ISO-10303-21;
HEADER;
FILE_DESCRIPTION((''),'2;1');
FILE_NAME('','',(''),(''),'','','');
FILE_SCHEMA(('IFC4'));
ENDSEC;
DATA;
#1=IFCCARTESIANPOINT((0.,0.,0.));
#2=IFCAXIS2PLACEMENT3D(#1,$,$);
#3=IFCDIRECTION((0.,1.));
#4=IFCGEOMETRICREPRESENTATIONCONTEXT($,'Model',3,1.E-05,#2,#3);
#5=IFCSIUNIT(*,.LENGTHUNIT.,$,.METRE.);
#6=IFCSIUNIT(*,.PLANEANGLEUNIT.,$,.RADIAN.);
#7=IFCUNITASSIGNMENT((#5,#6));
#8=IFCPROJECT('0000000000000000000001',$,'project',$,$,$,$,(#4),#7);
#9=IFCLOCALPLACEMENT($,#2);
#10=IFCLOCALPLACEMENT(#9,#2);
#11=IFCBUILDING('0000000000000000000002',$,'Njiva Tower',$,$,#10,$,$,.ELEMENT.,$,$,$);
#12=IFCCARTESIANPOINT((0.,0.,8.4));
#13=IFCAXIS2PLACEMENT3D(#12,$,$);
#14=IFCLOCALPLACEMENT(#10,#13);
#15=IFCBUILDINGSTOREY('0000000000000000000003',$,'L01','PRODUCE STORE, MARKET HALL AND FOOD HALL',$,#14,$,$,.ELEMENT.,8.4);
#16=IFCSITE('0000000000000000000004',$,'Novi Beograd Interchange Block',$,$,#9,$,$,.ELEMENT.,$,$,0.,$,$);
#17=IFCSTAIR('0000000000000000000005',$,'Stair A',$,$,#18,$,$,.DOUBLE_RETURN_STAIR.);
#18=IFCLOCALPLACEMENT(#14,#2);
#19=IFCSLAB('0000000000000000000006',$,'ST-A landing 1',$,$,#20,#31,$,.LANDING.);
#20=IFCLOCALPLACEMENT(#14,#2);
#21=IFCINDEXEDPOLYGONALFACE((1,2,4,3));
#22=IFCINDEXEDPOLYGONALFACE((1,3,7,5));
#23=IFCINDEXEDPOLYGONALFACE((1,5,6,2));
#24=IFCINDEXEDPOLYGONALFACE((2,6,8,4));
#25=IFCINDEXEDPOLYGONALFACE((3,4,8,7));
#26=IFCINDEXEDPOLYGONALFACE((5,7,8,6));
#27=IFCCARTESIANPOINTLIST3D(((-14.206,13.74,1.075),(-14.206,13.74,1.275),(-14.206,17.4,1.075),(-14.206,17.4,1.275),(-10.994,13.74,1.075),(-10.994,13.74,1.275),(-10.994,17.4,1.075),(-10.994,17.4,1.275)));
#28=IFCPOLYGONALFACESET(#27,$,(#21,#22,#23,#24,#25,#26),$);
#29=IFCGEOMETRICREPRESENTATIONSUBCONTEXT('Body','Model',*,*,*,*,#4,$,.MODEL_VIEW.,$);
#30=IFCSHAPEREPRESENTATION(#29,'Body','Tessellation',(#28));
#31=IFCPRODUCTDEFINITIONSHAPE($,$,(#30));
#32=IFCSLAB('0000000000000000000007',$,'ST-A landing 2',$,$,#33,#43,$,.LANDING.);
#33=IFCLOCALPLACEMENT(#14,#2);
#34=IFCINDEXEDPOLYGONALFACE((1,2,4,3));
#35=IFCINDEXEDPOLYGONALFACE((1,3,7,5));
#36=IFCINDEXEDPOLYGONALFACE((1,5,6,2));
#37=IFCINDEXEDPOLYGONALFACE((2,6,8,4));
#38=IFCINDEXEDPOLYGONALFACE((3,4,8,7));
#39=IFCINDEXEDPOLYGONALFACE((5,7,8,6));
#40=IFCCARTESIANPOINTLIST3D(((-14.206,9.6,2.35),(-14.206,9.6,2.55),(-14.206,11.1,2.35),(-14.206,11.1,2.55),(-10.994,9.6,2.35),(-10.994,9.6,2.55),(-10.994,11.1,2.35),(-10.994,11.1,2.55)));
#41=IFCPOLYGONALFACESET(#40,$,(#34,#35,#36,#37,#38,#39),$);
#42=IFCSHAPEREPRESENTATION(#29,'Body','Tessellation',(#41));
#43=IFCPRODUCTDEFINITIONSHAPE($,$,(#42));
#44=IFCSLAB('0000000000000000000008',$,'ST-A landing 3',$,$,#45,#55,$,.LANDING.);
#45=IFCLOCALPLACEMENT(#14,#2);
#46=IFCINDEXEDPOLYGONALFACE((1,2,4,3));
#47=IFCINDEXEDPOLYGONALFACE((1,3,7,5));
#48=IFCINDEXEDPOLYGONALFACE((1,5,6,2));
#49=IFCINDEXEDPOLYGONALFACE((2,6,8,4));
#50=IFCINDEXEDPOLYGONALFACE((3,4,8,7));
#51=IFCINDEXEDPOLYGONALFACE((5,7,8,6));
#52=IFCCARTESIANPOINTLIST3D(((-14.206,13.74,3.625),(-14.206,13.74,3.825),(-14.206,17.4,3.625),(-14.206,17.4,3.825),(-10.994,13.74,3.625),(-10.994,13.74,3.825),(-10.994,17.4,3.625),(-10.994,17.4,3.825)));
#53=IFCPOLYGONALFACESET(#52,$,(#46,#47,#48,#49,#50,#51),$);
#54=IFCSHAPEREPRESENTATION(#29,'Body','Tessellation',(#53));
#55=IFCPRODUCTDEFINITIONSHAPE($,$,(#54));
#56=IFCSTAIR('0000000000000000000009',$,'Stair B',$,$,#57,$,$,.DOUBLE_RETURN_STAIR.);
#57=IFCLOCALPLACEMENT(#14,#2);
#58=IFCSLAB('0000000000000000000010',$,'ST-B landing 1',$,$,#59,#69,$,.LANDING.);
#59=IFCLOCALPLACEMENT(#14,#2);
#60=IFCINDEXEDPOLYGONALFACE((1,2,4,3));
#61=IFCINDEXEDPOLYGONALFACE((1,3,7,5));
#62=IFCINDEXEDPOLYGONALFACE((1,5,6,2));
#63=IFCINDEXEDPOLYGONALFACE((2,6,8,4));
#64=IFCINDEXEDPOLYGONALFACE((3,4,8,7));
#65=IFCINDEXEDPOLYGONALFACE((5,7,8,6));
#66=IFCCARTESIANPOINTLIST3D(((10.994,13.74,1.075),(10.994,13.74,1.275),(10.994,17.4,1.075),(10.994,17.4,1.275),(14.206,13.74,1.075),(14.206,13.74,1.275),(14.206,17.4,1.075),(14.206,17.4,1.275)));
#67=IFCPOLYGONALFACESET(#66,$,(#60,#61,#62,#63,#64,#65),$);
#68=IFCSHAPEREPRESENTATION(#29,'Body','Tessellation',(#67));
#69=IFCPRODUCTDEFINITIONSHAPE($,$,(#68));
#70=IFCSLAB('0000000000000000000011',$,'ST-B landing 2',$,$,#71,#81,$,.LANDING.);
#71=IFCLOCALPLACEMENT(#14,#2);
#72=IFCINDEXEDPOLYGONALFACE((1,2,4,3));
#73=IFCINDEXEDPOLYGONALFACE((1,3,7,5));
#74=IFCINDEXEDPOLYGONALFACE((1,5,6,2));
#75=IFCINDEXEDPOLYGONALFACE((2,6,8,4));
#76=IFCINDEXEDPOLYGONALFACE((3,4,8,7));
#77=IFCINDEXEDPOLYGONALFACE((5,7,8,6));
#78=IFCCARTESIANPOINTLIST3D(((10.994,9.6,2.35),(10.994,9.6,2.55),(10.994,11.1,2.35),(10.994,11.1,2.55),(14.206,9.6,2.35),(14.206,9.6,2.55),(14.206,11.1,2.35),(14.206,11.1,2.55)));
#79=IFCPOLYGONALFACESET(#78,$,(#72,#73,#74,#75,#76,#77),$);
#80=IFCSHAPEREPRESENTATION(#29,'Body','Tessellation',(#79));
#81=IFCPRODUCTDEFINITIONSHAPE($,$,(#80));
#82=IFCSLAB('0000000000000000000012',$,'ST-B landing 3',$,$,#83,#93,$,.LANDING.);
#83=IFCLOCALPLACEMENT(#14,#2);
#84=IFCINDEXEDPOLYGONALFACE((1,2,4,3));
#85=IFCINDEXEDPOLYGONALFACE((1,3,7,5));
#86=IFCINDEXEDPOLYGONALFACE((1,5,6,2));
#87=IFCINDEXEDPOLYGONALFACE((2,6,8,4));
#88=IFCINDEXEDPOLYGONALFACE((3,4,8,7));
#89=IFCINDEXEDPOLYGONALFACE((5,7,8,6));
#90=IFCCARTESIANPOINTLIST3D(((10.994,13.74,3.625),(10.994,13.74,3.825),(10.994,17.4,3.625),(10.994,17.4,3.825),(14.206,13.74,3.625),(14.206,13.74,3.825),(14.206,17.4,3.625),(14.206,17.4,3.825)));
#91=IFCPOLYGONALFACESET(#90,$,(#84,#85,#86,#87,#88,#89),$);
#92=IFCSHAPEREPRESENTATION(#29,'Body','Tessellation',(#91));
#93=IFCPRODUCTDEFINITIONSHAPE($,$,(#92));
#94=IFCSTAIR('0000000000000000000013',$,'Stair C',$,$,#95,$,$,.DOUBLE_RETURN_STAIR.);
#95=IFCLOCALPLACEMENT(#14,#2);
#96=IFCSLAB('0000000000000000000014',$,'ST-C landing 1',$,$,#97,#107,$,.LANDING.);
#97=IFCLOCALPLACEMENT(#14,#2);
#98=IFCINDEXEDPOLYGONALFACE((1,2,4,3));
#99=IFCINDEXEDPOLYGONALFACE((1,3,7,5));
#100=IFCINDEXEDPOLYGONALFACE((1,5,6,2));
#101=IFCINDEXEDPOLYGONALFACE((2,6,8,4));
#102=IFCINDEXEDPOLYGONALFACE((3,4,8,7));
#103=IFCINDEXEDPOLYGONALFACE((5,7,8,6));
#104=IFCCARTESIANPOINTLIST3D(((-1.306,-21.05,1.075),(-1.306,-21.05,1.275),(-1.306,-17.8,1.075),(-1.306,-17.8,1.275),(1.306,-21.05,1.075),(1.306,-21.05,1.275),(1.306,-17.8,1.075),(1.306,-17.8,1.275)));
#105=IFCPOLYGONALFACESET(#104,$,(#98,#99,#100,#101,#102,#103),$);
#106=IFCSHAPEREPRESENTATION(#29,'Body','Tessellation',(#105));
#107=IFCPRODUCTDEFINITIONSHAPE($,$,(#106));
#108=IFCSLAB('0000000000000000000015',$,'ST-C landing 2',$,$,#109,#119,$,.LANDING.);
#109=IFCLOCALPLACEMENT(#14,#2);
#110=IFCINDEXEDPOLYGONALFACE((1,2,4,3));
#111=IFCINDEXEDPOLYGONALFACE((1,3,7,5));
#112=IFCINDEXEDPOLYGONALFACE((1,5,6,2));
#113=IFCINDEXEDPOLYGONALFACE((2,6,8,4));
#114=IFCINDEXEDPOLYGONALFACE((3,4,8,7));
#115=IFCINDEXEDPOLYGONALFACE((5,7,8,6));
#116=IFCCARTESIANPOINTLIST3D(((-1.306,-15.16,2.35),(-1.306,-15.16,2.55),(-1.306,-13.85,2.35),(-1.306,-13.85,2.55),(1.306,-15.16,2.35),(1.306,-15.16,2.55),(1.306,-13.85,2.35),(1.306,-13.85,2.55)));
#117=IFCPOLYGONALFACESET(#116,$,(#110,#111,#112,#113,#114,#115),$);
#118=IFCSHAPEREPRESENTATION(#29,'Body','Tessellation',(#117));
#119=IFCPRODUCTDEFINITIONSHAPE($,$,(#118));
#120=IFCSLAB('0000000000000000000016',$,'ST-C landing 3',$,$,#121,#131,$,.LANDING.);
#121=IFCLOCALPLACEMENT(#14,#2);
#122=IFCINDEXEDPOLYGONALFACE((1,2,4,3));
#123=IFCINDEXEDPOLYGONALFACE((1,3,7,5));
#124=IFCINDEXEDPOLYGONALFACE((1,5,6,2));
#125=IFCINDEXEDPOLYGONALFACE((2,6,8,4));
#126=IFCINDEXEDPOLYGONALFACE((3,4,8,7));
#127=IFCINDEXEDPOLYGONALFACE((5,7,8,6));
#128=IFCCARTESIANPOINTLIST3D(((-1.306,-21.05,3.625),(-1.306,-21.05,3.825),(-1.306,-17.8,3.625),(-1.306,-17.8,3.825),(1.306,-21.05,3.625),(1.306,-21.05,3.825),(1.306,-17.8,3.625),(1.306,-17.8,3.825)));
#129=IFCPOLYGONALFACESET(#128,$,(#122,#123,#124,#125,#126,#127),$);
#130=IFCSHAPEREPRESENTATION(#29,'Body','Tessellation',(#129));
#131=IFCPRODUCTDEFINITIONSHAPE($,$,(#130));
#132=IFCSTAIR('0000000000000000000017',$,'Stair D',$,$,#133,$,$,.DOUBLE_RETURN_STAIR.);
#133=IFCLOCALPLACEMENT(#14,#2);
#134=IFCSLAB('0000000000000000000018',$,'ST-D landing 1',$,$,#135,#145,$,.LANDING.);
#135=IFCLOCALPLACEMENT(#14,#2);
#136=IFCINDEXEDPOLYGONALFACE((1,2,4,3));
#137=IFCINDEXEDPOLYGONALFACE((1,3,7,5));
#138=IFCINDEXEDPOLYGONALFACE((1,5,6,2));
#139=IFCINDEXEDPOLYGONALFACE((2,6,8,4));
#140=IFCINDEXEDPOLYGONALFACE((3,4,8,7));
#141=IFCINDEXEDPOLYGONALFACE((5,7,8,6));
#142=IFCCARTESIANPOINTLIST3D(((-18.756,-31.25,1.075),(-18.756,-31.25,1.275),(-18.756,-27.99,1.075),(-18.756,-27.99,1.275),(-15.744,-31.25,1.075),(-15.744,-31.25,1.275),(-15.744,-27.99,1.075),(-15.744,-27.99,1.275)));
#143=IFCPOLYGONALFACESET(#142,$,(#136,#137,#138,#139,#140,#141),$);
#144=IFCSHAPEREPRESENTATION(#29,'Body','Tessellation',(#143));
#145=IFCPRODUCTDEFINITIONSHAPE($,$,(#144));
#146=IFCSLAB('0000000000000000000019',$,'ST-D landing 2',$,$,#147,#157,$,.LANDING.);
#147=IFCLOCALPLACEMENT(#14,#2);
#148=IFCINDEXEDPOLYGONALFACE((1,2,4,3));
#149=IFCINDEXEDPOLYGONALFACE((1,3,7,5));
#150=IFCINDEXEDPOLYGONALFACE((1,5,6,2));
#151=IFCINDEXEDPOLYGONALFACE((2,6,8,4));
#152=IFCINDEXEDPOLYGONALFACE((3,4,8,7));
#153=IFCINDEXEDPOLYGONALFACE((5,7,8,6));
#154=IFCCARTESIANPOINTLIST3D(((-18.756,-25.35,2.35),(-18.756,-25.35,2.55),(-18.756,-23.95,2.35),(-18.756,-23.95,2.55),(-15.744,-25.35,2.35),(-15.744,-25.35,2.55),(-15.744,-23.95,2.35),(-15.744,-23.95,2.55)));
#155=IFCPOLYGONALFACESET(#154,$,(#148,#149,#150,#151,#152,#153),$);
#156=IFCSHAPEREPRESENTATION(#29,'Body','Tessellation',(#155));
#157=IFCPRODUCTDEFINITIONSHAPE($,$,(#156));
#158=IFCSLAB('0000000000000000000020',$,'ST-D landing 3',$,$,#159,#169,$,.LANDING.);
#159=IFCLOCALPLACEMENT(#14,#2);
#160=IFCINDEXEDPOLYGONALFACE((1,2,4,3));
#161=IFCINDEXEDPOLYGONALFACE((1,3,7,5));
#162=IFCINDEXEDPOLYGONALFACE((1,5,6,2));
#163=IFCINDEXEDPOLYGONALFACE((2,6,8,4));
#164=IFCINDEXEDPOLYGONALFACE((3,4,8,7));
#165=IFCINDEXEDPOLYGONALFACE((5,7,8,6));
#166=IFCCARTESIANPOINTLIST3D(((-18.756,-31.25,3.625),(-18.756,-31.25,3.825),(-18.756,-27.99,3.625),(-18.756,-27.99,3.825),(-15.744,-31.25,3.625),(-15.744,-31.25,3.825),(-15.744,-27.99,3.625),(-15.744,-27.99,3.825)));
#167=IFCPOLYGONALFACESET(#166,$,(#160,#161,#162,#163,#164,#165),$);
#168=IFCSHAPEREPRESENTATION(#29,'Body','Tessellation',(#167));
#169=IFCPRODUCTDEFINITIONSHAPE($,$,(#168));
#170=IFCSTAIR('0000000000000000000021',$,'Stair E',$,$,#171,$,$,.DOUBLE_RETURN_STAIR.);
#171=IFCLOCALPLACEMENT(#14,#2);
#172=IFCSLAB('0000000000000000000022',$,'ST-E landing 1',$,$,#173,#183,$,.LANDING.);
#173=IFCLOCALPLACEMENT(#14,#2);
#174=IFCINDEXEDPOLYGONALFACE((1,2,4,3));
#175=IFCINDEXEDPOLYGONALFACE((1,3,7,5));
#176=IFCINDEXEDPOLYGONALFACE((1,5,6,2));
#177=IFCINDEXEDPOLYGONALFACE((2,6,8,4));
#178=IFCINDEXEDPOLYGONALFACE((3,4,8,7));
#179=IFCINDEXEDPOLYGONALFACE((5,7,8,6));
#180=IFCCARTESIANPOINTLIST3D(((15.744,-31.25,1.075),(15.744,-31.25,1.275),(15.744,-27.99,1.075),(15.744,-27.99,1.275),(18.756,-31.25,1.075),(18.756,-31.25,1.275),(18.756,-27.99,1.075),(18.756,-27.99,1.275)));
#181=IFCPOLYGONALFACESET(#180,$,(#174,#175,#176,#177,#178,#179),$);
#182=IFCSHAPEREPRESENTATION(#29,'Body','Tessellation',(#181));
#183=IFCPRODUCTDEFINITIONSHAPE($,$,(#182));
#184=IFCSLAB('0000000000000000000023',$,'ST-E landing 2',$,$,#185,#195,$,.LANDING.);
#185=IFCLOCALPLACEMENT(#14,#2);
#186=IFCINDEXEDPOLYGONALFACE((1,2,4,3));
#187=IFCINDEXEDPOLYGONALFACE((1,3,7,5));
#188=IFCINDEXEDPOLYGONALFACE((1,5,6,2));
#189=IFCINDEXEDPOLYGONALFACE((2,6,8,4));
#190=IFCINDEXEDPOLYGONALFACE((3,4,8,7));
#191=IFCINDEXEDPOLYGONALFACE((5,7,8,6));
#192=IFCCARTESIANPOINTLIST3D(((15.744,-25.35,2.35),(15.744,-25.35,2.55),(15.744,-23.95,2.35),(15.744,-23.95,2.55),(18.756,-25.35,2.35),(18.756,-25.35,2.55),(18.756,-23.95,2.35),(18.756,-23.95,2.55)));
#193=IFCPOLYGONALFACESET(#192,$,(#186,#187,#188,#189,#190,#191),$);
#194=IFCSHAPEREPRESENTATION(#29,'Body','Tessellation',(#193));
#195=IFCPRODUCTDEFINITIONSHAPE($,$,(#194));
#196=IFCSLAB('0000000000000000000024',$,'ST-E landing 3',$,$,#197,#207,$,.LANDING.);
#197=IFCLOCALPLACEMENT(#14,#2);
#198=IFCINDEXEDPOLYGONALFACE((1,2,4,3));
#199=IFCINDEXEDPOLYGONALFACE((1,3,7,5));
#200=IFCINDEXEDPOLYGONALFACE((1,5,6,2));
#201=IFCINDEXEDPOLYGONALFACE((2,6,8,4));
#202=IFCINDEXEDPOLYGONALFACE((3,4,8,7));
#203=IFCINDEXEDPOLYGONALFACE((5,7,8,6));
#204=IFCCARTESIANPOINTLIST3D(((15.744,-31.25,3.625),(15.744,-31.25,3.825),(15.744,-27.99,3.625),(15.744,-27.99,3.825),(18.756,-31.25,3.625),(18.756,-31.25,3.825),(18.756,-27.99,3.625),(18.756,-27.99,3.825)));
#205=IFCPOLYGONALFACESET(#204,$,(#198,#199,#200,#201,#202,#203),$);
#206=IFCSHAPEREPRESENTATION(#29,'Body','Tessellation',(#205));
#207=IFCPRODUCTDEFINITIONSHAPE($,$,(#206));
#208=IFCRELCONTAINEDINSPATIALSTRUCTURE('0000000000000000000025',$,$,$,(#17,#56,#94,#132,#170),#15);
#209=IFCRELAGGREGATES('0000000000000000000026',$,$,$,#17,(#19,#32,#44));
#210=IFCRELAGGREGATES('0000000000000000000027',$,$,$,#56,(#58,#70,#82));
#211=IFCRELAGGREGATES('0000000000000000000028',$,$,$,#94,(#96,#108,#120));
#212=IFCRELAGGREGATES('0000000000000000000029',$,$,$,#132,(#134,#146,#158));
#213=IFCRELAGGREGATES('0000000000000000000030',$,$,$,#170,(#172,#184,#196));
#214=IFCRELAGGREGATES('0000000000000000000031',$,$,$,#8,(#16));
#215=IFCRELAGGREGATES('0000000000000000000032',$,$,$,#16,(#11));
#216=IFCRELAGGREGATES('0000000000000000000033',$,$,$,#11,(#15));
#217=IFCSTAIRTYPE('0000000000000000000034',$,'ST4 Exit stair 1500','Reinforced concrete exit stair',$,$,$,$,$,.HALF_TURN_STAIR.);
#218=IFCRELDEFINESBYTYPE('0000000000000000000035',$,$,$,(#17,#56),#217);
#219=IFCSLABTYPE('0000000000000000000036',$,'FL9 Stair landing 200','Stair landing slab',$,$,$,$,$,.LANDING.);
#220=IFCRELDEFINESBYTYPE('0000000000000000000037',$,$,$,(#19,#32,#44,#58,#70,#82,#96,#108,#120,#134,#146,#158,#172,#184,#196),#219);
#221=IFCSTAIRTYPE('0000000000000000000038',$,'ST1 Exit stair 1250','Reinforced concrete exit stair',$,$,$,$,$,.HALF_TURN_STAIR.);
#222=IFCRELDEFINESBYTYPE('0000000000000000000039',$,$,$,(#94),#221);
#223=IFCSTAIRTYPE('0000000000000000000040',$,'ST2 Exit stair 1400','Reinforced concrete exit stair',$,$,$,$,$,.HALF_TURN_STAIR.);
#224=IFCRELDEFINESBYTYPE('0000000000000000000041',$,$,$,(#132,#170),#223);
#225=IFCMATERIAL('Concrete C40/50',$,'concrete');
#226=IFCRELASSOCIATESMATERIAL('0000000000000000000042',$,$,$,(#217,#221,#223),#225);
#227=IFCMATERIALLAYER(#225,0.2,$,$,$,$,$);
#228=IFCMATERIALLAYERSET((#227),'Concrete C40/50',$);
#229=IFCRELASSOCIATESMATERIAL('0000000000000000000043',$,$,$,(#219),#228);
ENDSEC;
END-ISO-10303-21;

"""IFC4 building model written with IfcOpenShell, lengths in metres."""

from ifc_helpers import new_model, si_unit, direction, frame, origin, place, context, subcontext, project, spatial, polyline, outline, extrude, material, layer, layer_set, type_object, element, aggregate, save


model = new_model("IFC4")

# Units and contexts
model_context = context("Model", 3, precision=1e-05, world=origin(), true_north=direction((0.0, 1.0)))
body_context = subcontext(model_context, "Body", "Model", "MODEL_VIEW")
ifc_project = project(units=[si_unit("LENGTHUNIT", "METRE"), si_unit("PLANEANGLEUNIT", "RADIAN")], contexts=[model_context])

# Site, building, storey
site_placement = place(None, origin())
site = spatial("IfcSite", under=ifc_project, at=site_placement, Name="Novi Beograd Interchange Block", CompositionType="ELEMENT", RefElevation=0.0)
building_placement = place(site_placement, origin())
building = spatial("IfcBuilding", under=site, at=building_placement, Name="Njiva Tower", CompositionType="ELEMENT")
storey_placement = place(building_placement, frame((0.0, 0.0, 8.4)))
storey = spatial("IfcBuildingStorey", under=building, at=storey_placement, Name="L01", Description="PRODUCE STORE, MARKET HALL AND FOOD HALL", CompositionType="ELEMENT", Elevation=8.4)

# Stairs, slabs
ifc_material_1 = material(Name="Concrete C40/50", Category="concrete")
stair_type_1 = type_object("IfcStairType", Name="ST4 Exit stair 1500", Description="Reinforced concrete exit stair", PredefinedType="HALF_TURN_STAIR", material=ifc_material_1)
stair_1_placement = place(storey_placement, origin())
stair_1 = element("IfcStair", 1, at=stair_1_placement, inside=storey, type_object=stair_type_1, Name="Stair A", PredefinedType="DOUBLE_RETURN_STAIR")
ifc_layer_1 = layer(ifc_material_1, 0.2)
ifc_layer_set_1 = layer_set([ifc_layer_1], Name="Concrete C40/50")
slab_type = type_object("IfcSlabType", Name="FL9 Stair landing 200", Description="Stair landing slab", PredefinedType="LANDING", material=ifc_layer_set_1)
slab_1_placement = place(storey_placement, frame((0.0, 0.0, 1.075)))
slab_1 = element("IfcSlab", 2, at=slab_1_placement, type_object=slab_type, Name="ST-A landing 1", PredefinedType="LANDING", context=body_context, shape_type="SweptSolid", body=[
    extrude(outline(polyline([(-14.206, 13.74), (-10.994, 13.74), (-10.994, 17.4), (-14.206, 17.4), (-14.206, 13.74)])), origin(), (0.0, 0.0, 1.0), 0.2),
])
slab_2_placement = place(storey_placement, frame((0.0, 0.0, 2.35)))
slab_2 = element("IfcSlab", 3, at=slab_2_placement, type_object=slab_type, Name="ST-A landing 2", PredefinedType="LANDING", context=body_context, shape_type="SweptSolid", body=[
    extrude(outline(polyline([(-14.206, 9.6), (-10.994, 9.6), (-10.994, 11.1), (-14.206, 11.1), (-14.206, 9.6)])), origin(), (0.0, 0.0, 1.0), 0.2),
])
slab_3_placement = place(storey_placement, frame((0.0, 0.0, 3.625)))
slab_3 = element("IfcSlab", 4, at=slab_3_placement, type_object=slab_type, Name="ST-A landing 3", PredefinedType="LANDING", context=body_context, shape_type="SweptSolid", body=[
    extrude(outline(polyline([(-14.206, 13.74), (-10.994, 13.74), (-10.994, 17.4), (-14.206, 17.4), (-14.206, 13.74)])), origin(), (0.0, 0.0, 1.0), 0.2),
])
aggregate(stair_1, [slab_1, slab_2, slab_3])
stair_2_placement = place(storey_placement, origin())
stair_2 = element("IfcStair", 5, at=stair_2_placement, inside=storey, type_object=stair_type_1, Name="Stair B", PredefinedType="DOUBLE_RETURN_STAIR")
slab_4_placement = place(storey_placement, frame((0.0, 0.0, 1.075)))
slab_4 = element("IfcSlab", 6, at=slab_4_placement, type_object=slab_type, Name="ST-B landing 1", PredefinedType="LANDING", context=body_context, shape_type="SweptSolid", body=[
    extrude(outline(polyline([(10.994, 13.74), (14.206, 13.74), (14.206, 17.4), (10.994, 17.4), (10.994, 13.74)])), origin(), (0.0, 0.0, 1.0), 0.2),
])
slab_5_placement = place(storey_placement, frame((0.0, 0.0, 2.35)))
slab_5 = element("IfcSlab", 7, at=slab_5_placement, type_object=slab_type, Name="ST-B landing 2", PredefinedType="LANDING", context=body_context, shape_type="SweptSolid", body=[
    extrude(outline(polyline([(10.994, 9.6), (14.206, 9.6), (14.206, 11.1), (10.994, 11.1), (10.994, 9.6)])), origin(), (0.0, 0.0, 1.0), 0.2),
])
slab_6_placement = place(storey_placement, frame((0.0, 0.0, 3.625)))
slab_6 = element("IfcSlab", 8, at=slab_6_placement, type_object=slab_type, Name="ST-B landing 3", PredefinedType="LANDING", context=body_context, shape_type="SweptSolid", body=[
    extrude(outline(polyline([(10.994, 13.74), (14.206, 13.74), (14.206, 17.4), (10.994, 17.4), (10.994, 13.74)])), origin(), (0.0, 0.0, 1.0), 0.2),
])
aggregate(stair_2, [slab_4, slab_5, slab_6])
stair_type_2 = type_object("IfcStairType", Name="ST1 Exit stair 1250", Description="Reinforced concrete exit stair", PredefinedType="HALF_TURN_STAIR", material=ifc_material_1)
stair_3_placement = place(storey_placement, origin())
stair_3 = element("IfcStair", 9, at=stair_3_placement, inside=storey, type_object=stair_type_2, Name="Stair C", PredefinedType="DOUBLE_RETURN_STAIR")
slab_7_placement = place(storey_placement, frame((0.0, 0.0, 1.075)))
slab_7 = element("IfcSlab", 10, at=slab_7_placement, type_object=slab_type, Name="ST-C landing 1", PredefinedType="LANDING", context=body_context, shape_type="SweptSolid", body=[
    extrude(outline(polyline([(-1.306, -21.05), (1.306, -21.05), (1.306, -17.8), (-1.306, -17.8), (-1.306, -21.05)])), origin(), (0.0, 0.0, 1.0), 0.2),
])
slab_8_placement = place(storey_placement, frame((0.0, 0.0, 2.35)))
slab_8 = element("IfcSlab", 11, at=slab_8_placement, type_object=slab_type, Name="ST-C landing 2", PredefinedType="LANDING", context=body_context, shape_type="SweptSolid", body=[
    extrude(outline(polyline([(-1.306, -15.16), (1.306, -15.16), (1.306, -13.85), (-1.306, -13.85), (-1.306, -15.16)])), origin(), (0.0, 0.0, 1.0), 0.2),
])
slab_9_placement = place(storey_placement, frame((0.0, 0.0, 3.625)))
slab_9 = element("IfcSlab", 12, at=slab_9_placement, type_object=slab_type, Name="ST-C landing 3", PredefinedType="LANDING", context=body_context, shape_type="SweptSolid", body=[
    extrude(outline(polyline([(-1.306, -21.05), (1.306, -21.05), (1.306, -17.8), (-1.306, -17.8), (-1.306, -21.05)])), origin(), (0.0, 0.0, 1.0), 0.2),
])
aggregate(stair_3, [slab_7, slab_8, slab_9])
stair_type_3 = type_object("IfcStairType", Name="ST2 Exit stair 1400", Description="Reinforced concrete exit stair", PredefinedType="HALF_TURN_STAIR", material=ifc_material_1)
stair_4_placement = place(storey_placement, origin())
stair_4 = element("IfcStair", 13, at=stair_4_placement, inside=storey, type_object=stair_type_3, Name="Stair D", PredefinedType="DOUBLE_RETURN_STAIR")
slab_10_placement = place(storey_placement, frame((0.0, 0.0, 1.075)))
slab_10 = element("IfcSlab", 14, at=slab_10_placement, type_object=slab_type, Name="ST-D landing 1", PredefinedType="LANDING", context=body_context, shape_type="SweptSolid", body=[
    extrude(outline(polyline([(-18.756, -31.25), (-15.744, -31.25), (-15.744, -27.99), (-18.756, -27.99), (-18.756, -31.25)])), origin(), (0.0, 0.0, 1.0), 0.2),
])
slab_11_placement = place(storey_placement, frame((0.0, 0.0, 2.35)))
slab_11 = element("IfcSlab", 15, at=slab_11_placement, type_object=slab_type, Name="ST-D landing 2", PredefinedType="LANDING", context=body_context, shape_type="SweptSolid", body=[
    extrude(outline(polyline([(-18.756, -25.35), (-15.744, -25.35), (-15.744, -23.95), (-18.756, -23.95), (-18.756, -25.35)])), origin(), (0.0, 0.0, 1.0), 0.2),
])
slab_12_placement = place(storey_placement, frame((0.0, 0.0, 3.625)))
slab_12 = element("IfcSlab", 16, at=slab_12_placement, type_object=slab_type, Name="ST-D landing 3", PredefinedType="LANDING", context=body_context, shape_type="SweptSolid", body=[
    extrude(outline(polyline([(-18.756, -31.25), (-15.744, -31.25), (-15.744, -27.99), (-18.756, -27.99), (-18.756, -31.25)])), origin(), (0.0, 0.0, 1.0), 0.2),
])
aggregate(stair_4, [slab_10, slab_11, slab_12])
stair_5_placement = place(storey_placement, origin())
stair_5 = element("IfcStair", 17, at=stair_5_placement, inside=storey, type_object=stair_type_3, Name="Stair E", PredefinedType="DOUBLE_RETURN_STAIR")
slab_13_placement = place(storey_placement, frame((0.0, 0.0, 1.075)))
slab_13 = element("IfcSlab", 18, at=slab_13_placement, type_object=slab_type, Name="ST-E landing 1", PredefinedType="LANDING", context=body_context, shape_type="SweptSolid", body=[
    extrude(outline(polyline([(15.744, -31.25), (18.756, -31.25), (18.756, -27.99), (15.744, -27.99), (15.744, -31.25)])), origin(), (0.0, 0.0, 1.0), 0.2),
])
slab_14_placement = place(storey_placement, frame((0.0, 0.0, 2.35)))
slab_14 = element("IfcSlab", 19, at=slab_14_placement, type_object=slab_type, Name="ST-E landing 2", PredefinedType="LANDING", context=body_context, shape_type="SweptSolid", body=[
    extrude(outline(polyline([(15.744, -25.35), (18.756, -25.35), (18.756, -23.95), (15.744, -23.95), (15.744, -25.35)])), origin(), (0.0, 0.0, 1.0), 0.2),
])
slab_15_placement = place(storey_placement, frame((0.0, 0.0, 3.625)))
slab_15 = element("IfcSlab", 20, at=slab_15_placement, type_object=slab_type, Name="ST-E landing 3", PredefinedType="LANDING", context=body_context, shape_type="SweptSolid", body=[
    extrude(outline(polyline([(15.744, -31.25), (18.756, -31.25), (18.756, -27.99), (15.744, -27.99), (15.744, -31.25)])), origin(), (0.0, 0.0, 1.0), 0.2),
])
aggregate(stair_5, [slab_13, slab_14, slab_15])

save(model, "model.ifc")
